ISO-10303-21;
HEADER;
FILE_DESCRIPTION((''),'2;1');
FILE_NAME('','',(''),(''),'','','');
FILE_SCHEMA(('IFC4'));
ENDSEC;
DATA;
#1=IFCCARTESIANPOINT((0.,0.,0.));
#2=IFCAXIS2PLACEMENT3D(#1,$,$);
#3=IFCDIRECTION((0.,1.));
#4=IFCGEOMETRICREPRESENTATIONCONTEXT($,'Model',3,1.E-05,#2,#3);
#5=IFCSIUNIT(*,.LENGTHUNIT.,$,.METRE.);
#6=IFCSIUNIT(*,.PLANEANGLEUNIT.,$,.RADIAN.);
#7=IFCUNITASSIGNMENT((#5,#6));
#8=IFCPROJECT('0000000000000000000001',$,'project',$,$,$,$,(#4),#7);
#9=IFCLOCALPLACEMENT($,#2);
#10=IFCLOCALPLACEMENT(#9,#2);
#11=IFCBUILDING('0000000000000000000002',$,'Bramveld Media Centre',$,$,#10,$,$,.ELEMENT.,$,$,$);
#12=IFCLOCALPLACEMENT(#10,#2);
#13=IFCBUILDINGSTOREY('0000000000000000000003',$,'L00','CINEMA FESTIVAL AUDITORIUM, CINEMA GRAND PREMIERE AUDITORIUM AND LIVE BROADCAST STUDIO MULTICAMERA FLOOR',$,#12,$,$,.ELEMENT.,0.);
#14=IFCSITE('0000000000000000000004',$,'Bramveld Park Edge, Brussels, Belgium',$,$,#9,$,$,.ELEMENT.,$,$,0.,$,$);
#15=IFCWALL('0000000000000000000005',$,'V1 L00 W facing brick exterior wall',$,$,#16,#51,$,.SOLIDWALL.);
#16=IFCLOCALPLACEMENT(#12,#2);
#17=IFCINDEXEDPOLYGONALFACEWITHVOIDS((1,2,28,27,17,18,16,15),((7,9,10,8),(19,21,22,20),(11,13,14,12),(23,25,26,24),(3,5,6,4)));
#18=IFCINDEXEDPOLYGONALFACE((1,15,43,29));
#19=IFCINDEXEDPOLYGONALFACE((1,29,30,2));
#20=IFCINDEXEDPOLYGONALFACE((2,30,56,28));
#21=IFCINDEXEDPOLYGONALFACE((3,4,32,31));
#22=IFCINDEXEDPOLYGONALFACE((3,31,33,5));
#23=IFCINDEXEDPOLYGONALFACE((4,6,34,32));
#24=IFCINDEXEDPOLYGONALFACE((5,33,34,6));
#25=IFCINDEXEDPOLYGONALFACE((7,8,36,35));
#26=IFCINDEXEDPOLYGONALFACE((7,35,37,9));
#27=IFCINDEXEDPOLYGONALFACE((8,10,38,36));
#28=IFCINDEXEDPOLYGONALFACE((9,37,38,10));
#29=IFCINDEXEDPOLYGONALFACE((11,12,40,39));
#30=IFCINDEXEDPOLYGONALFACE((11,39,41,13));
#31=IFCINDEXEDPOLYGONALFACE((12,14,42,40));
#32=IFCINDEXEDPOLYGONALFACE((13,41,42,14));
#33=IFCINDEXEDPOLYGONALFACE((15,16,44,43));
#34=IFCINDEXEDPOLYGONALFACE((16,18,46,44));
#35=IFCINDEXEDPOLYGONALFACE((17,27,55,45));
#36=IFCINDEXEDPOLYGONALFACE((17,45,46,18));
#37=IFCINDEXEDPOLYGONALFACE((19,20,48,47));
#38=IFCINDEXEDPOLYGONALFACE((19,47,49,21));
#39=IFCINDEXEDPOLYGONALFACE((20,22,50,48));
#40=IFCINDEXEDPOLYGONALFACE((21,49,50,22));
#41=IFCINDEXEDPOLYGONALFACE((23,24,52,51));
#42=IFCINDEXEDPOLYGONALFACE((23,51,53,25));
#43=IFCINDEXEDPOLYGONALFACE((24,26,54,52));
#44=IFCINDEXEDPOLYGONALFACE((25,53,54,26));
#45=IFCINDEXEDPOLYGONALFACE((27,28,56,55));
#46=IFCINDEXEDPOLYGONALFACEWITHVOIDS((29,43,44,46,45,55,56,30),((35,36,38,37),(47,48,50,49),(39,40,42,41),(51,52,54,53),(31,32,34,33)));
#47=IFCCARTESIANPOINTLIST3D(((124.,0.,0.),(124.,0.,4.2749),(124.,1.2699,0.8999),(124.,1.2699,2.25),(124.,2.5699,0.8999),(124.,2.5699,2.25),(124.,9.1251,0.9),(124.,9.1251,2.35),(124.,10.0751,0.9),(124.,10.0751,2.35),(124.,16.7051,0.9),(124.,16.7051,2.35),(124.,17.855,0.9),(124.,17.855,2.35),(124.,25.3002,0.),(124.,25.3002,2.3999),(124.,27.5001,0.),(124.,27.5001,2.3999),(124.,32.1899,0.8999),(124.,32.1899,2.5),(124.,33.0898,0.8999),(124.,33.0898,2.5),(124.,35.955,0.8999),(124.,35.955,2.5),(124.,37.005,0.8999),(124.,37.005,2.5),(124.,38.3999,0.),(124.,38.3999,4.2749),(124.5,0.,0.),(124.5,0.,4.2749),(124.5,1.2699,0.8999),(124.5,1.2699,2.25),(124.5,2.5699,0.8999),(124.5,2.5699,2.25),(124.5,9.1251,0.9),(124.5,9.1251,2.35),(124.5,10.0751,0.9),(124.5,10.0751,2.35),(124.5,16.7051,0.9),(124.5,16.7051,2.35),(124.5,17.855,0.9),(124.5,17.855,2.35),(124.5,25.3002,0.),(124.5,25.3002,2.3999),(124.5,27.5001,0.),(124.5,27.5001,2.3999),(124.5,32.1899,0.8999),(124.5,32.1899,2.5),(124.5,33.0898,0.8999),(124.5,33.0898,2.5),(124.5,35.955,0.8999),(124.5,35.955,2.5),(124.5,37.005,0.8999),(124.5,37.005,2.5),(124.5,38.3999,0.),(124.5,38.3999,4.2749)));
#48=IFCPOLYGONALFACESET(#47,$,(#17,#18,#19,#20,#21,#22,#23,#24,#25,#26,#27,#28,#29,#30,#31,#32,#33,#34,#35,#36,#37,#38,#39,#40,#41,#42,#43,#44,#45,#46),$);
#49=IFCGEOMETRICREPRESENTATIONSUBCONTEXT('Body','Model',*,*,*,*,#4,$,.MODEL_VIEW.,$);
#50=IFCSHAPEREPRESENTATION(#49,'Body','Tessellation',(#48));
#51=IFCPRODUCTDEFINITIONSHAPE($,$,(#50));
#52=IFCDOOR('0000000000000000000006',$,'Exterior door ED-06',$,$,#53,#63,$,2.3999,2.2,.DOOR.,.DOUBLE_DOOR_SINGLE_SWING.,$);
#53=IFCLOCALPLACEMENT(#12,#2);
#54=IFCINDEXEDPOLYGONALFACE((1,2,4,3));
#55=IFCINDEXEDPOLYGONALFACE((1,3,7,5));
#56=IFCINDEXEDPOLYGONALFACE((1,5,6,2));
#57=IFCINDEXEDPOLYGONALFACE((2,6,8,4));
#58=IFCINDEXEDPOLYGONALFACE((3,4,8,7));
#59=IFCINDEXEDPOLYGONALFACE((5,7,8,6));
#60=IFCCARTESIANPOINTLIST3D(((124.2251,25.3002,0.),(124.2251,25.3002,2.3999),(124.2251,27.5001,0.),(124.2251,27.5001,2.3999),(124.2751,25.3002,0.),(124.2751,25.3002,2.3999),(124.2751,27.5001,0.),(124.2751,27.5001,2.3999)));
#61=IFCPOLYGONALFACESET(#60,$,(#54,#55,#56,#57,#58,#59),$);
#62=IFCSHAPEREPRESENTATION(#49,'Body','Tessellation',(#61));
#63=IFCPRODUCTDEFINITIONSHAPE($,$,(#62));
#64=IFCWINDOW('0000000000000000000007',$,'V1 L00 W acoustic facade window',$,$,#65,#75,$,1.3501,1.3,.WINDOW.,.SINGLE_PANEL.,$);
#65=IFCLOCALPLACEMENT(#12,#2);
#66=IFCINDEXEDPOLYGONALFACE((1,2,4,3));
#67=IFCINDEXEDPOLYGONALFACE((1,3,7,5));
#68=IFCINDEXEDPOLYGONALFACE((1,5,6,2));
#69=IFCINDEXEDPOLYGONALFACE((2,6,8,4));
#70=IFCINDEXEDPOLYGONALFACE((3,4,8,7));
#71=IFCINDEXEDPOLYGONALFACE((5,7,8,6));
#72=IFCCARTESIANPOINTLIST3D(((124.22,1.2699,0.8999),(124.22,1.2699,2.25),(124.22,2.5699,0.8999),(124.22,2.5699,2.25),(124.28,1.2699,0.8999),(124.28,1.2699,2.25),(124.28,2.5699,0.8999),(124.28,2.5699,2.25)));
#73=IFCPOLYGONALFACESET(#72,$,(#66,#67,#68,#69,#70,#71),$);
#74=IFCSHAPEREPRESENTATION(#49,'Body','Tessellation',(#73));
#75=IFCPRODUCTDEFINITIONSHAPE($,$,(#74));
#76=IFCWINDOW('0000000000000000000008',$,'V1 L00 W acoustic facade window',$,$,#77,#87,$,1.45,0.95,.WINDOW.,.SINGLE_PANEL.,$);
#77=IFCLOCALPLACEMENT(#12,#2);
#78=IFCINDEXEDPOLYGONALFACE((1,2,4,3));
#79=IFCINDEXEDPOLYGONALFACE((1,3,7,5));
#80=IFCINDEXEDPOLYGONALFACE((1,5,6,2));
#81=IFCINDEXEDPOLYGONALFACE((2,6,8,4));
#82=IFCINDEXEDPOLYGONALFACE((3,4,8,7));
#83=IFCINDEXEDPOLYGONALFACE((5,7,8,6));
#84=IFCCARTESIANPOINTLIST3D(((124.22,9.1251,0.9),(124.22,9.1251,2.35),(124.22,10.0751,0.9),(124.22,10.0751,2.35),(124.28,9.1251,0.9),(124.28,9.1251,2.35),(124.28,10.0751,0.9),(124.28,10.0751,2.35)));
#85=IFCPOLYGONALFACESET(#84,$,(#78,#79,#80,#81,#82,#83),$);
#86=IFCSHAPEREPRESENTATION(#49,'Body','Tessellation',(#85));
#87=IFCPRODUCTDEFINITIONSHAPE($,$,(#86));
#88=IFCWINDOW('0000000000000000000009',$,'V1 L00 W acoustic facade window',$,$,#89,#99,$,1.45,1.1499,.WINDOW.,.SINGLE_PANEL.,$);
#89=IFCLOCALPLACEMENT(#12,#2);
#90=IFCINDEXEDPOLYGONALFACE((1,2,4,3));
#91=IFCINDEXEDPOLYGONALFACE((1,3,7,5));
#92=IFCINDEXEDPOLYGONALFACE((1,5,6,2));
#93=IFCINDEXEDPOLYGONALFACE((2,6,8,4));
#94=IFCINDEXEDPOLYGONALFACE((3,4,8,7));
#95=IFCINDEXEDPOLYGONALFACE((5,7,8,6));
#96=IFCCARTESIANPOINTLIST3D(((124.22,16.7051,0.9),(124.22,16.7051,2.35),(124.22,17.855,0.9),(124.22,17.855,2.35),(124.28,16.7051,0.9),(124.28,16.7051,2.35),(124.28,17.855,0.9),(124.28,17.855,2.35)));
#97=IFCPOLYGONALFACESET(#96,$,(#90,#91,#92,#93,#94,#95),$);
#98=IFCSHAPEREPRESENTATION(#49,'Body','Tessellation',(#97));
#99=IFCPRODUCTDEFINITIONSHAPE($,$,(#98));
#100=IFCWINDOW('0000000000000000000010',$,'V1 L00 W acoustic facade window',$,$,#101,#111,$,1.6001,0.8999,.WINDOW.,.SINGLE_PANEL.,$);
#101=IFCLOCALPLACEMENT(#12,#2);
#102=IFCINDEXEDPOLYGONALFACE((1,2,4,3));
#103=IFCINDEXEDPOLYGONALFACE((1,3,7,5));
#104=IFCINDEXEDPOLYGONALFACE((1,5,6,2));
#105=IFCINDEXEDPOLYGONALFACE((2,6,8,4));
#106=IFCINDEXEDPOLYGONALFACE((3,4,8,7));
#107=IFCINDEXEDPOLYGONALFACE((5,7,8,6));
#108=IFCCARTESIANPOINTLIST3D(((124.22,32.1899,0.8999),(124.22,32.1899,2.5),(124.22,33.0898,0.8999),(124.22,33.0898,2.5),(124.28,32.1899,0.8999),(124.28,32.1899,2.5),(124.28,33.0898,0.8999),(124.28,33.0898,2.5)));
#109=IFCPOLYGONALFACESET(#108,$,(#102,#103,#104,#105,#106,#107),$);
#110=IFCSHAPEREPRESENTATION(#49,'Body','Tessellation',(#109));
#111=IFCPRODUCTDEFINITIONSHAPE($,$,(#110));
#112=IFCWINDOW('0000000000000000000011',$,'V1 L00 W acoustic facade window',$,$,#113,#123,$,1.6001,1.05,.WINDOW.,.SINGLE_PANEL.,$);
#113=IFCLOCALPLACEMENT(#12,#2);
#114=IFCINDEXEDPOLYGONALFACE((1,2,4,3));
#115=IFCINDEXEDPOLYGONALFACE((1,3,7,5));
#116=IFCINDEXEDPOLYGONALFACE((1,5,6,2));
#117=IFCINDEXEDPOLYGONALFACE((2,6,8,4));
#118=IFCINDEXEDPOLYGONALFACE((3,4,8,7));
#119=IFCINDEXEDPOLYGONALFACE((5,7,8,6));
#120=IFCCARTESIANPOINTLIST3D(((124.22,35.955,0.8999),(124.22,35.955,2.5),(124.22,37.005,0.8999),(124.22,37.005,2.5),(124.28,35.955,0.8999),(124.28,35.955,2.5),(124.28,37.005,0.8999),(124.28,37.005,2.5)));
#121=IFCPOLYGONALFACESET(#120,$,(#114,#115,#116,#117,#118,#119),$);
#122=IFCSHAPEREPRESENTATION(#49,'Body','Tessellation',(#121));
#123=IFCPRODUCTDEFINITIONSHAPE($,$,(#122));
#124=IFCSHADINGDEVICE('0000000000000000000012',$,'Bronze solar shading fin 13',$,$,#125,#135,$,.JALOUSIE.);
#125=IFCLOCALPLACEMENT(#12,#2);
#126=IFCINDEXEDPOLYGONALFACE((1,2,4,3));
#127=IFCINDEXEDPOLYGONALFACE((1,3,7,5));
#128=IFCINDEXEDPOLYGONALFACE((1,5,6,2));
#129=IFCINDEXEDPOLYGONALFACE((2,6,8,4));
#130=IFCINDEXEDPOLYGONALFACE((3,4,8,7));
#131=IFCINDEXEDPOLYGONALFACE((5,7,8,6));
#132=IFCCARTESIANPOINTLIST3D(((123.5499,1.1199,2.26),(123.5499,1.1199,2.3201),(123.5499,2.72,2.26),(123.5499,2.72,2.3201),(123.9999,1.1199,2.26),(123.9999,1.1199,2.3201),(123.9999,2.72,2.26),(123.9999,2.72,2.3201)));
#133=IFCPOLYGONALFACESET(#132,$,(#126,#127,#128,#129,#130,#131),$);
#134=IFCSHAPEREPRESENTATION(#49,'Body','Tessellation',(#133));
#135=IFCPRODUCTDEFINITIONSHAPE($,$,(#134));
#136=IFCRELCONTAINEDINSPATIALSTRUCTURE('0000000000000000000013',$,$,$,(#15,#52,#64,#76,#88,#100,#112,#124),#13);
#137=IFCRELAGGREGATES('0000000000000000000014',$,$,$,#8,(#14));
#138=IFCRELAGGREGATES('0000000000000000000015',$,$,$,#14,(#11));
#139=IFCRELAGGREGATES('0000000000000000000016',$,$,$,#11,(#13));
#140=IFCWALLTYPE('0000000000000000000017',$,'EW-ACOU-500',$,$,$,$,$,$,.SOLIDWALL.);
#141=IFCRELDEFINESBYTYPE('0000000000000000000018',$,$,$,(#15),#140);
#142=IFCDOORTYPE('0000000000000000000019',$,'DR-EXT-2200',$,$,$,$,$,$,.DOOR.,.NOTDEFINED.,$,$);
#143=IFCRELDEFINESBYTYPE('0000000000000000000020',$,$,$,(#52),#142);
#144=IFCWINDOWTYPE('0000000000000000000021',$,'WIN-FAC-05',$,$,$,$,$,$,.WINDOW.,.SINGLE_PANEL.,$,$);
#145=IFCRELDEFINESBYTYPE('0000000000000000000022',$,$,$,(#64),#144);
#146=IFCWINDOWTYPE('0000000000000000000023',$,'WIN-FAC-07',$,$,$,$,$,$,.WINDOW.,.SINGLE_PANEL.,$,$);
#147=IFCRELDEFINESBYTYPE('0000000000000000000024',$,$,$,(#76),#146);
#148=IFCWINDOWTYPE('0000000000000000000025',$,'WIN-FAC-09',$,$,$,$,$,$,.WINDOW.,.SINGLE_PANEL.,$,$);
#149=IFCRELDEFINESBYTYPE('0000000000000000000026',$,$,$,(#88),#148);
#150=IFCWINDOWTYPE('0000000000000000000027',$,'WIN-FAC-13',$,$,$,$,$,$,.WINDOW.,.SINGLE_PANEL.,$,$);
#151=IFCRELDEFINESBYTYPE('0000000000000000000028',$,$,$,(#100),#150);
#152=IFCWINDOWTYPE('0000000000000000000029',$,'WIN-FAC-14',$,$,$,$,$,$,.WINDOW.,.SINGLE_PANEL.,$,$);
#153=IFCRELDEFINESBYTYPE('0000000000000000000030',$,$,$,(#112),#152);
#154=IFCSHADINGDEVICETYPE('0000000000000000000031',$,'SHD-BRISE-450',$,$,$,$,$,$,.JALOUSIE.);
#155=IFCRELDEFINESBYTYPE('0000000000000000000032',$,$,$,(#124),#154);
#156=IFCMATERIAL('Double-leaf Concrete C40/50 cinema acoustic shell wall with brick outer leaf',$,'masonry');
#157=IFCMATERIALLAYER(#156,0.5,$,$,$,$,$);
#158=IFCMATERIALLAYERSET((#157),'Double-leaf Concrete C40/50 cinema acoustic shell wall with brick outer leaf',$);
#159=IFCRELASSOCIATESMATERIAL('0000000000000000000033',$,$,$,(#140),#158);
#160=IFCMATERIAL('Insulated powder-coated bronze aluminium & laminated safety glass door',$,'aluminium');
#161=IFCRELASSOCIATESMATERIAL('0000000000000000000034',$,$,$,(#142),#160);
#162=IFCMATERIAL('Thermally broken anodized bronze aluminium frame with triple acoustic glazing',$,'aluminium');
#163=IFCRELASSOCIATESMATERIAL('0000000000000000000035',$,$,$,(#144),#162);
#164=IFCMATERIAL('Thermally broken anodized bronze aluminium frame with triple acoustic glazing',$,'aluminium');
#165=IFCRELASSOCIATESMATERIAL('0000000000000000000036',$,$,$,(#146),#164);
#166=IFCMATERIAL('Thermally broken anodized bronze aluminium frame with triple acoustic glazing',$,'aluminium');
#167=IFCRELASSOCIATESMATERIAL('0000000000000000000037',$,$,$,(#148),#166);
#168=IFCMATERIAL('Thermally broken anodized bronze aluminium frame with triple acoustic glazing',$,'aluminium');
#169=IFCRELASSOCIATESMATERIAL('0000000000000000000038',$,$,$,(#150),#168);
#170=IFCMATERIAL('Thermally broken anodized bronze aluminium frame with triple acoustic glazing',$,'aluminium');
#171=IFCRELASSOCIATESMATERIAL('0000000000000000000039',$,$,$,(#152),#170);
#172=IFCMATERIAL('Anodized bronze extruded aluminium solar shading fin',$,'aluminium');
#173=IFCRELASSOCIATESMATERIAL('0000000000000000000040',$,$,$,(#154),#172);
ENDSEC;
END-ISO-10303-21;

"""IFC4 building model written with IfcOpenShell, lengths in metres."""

from ifc_helpers import new_model, si_unit, direction, frame, frame_2d, origin, origin_2d, place, context, subcontext, project, spatial, rectangle, extrude, material, layer, layer_set, type_object, element, fill, save


model = new_model("IFC4")

# Units and contexts
model_context = context("Model", 3, precision=1e-05, world=origin(), true_north=direction((0.0, 1.0)))
body_context = subcontext(model_context, "Body", "Model", "MODEL_VIEW")
ifc_project = project(units=[si_unit("LENGTHUNIT", "METRE"), si_unit("PLANEANGLEUNIT", "RADIAN")], contexts=[model_context])

# Site, building, storey
site_placement = place(None, origin())
site = spatial("IfcSite", under=ifc_project, at=site_placement, Name="Bramveld Park Edge, Brussels, Belgium", CompositionType="ELEMENT", RefElevation=0.0)
building_placement = place(site_placement, origin())
building = spatial("IfcBuilding", under=site, at=building_placement, Name="Bramveld Media Centre", CompositionType="ELEMENT")
storey_placement = place(building_placement, origin())
storey = spatial("IfcBuildingStorey", under=building, at=storey_placement, Name="L00", Description="CINEMA FESTIVAL AUDITORIUM, CINEMA GRAND PREMIERE AUDITORIUM AND LIVE BROADCAST STUDIO MULTICAMERA FLOOR", CompositionType="ELEMENT", Elevation=0.0)

# Wall, openings, door, windows
ifc_material_1 = material(Name="Double-leaf Concrete C40/50 cinema acoustic shell wall with brick outer leaf", Category="masonry")
ifc_layer_1 = layer(ifc_material_1, 0.5)
ifc_layer_set_1 = layer_set([ifc_layer_1], Name="Double-leaf Concrete C40/50 cinema acoustic shell wall with brick outer leaf")
wall_type = type_object("IfcWallType", Name="EW-ACOU-500", PredefinedType="SOLIDWALL", material=ifc_layer_set_1)
wall_placement = place(storey_placement, frame((124.25, 0.0, 0.0), z_axis=(0.0, 0.0, 1.0), x_axis=(0.0, 1.0, 0.0)))
wall = element("IfcWall", 1, at=wall_placement, inside=storey, type_object=wall_type, Name="V1 L00 W facing brick exterior wall", PredefinedType="SOLIDWALL", context=body_context, shape_type="SweptSolid", body=[
    extrude(rectangle(XDim=38.3999, YDim=0.5, at=frame_2d((19.2, 0.0))), origin(), (0.0, 0.0, 1.0), 4.2749),
])
opening_1_placement = place(wall_placement, frame((25.3, 0.0, 0.0)))
opening_1 = element("IfcOpeningElement", 2, at=opening_1_placement, cuts=wall, PredefinedType="OPENING", context=body_context, shape_type="SweptSolid", body=[
    extrude(rectangle(XDim=2.2, YDim=2.3999, at=frame_2d((1.1001, 1.2))), frame((0.0, 0.262, 0.0), z_axis=(0.0, -1.0, 0.0), x_axis=(1.0, 0.0, 0.0)), (0.0, 0.0, 1.0), 0.5239),
])
opening_2_placement = place(wall_placement, frame((1.27, 0.0, 0.8999)))
opening_2 = element("IfcOpeningElement", 3, at=opening_2_placement, cuts=wall, PredefinedType="OPENING", context=body_context, shape_type="SweptSolid", body=[
    extrude(rectangle(XDim=1.3, YDim=1.3501, at=frame_2d((0.6499, 0.675))), frame((0.0, 0.262, 0.0), z_axis=(0.0, -1.0, 0.0), x_axis=(1.0, 0.0, 0.0)), (0.0, 0.0, 1.0), 0.5239),
])
opening_3_placement = place(wall_placement, frame((9.125, 0.0, 0.8999)))
opening_3 = element("IfcOpeningElement", 4, at=opening_3_placement, cuts=wall, PredefinedType="OPENING", context=body_context, shape_type="SweptSolid", body=[
    extrude(rectangle(XDim=0.95, YDim=1.45, at=frame_2d((0.4751, 0.7251))), frame((0.0, 0.262, 0.0), z_axis=(0.0, -1.0, 0.0), x_axis=(1.0, 0.0, 0.0)), (0.0, 0.0, 1.0), 0.5239),
])
opening_4_placement = place(wall_placement, frame((16.7051, 0.0, 0.8999)))
opening_4 = element("IfcOpeningElement", 5, at=opening_4_placement, cuts=wall, PredefinedType="OPENING", context=body_context, shape_type="SweptSolid", body=[
    extrude(rectangle(XDim=1.1499, YDim=1.45, at=frame_2d((0.575, 0.7251))), frame((0.0, 0.262, 0.0), z_axis=(0.0, -1.0, 0.0), x_axis=(1.0, 0.0, 0.0)), (0.0, 0.0, 1.0), 0.5239),
])
opening_5_placement = place(wall_placement, frame((32.1899, 0.0, 0.8999)))
opening_5 = element("IfcOpeningElement", 6, at=opening_5_placement, cuts=wall, PredefinedType="OPENING", context=body_context, shape_type="SweptSolid", body=[
    extrude(rectangle(XDim=0.8999, YDim=1.6001, at=frame_2d((0.45, 0.8))), frame((0.0, 0.262, 0.0), z_axis=(0.0, -1.0, 0.0), x_axis=(1.0, 0.0, 0.0)), (0.0, 0.0, 1.0), 0.5239),
])
opening_6_placement = place(wall_placement, frame((35.9551, 0.0, 0.8999)))
opening_6 = element("IfcOpeningElement", 7, at=opening_6_placement, cuts=wall, PredefinedType="OPENING", context=body_context, shape_type="SweptSolid", body=[
    extrude(rectangle(XDim=1.05, YDim=1.6001, at=frame_2d((0.5249, 0.8))), frame((0.0, 0.262, 0.0), z_axis=(0.0, -1.0, 0.0), x_axis=(1.0, 0.0, 0.0)), (0.0, 0.0, 1.0), 0.5239),
])
ifc_material_2 = material(Name="Insulated powder-coated bronze aluminium & laminated safety glass door", Category="aluminium")
door_type = type_object("IfcDoorType", Name="DR-EXT-2200", OperationType="NOTDEFINED", PredefinedType="DOOR", material=ifc_material_2)
door_placement = place(opening_1_placement, origin())
door = element("IfcDoor", 8, at=door_placement, inside=storey, type_object=door_type, Name="Exterior door ED-06", OperationType="DOUBLE_DOOR_SINGLE_SWING", OverallHeight=2.3999, OverallWidth=2.2, PredefinedType="DOOR", context=body_context, shape_type="SweptSolid", body=[
    extrude(rectangle(XDim=2.2, YDim=2.3999, at=frame_2d((1.1001, 1.2))), frame((0.0, 0.0249, 0.0), z_axis=(0.0, -1.0, 0.0), x_axis=(1.0, 0.0, 0.0)), (0.0, 0.0, 1.0), 0.05),
])
fill(opening_1, door)
ifc_material_3 = material(Name="Thermally broken anodized bronze aluminium frame with triple acoustic glazing", Category="aluminium")
window_type_1 = type_object("IfcWindowType", Name="WIN-FAC-05", PartitioningType="SINGLE_PANEL", PredefinedType="WINDOW", material=ifc_material_3)
window_1_placement = place(opening_2_placement, origin())
window_1 = element("IfcWindow", 9, at=window_1_placement, inside=storey, type_object=window_type_1, Name="V1 L00 W acoustic facade window", OverallHeight=1.3501, OverallWidth=1.3, PartitioningType="SINGLE_PANEL", PredefinedType="WINDOW", context=body_context, shape_type="SweptSolid", body=[
    extrude(rectangle(XDim=1.3, YDim=1.3501, at=frame_2d((0.6499, 0.675))), frame((0.0, 0.03, 0.0), z_axis=(0.0, -1.0, 0.0), x_axis=(1.0, 0.0, 0.0)), (0.0, 0.0, 1.0), 0.0601),
])
fill(opening_2, window_1)
ifc_material_4 = material(Name="Thermally broken anodized bronze aluminium frame with triple acoustic glazing", Category="aluminium")
window_type_2 = type_object("IfcWindowType", Name="WIN-FAC-07", PartitioningType="SINGLE_PANEL", PredefinedType="WINDOW", material=ifc_material_4)
window_2_placement = place(opening_3_placement, origin())
window_2 = element("IfcWindow", 10, at=window_2_placement, inside=storey, type_object=window_type_2, Name="V1 L00 W acoustic facade window", OverallHeight=1.45, OverallWidth=0.95, PartitioningType="SINGLE_PANEL", PredefinedType="WINDOW", context=body_context, shape_type="SweptSolid", body=[
    extrude(rectangle(XDim=0.95, YDim=1.45, at=frame_2d((0.4751, 0.7251))), frame((0.0, 0.03, 0.0), z_axis=(0.0, -1.0, 0.0), x_axis=(1.0, 0.0, 0.0)), (0.0, 0.0, 1.0), 0.0601),
])
fill(opening_3, window_2)
ifc_material_5 = material(Name="Thermally broken anodized bronze aluminium frame with triple acoustic glazing", Category="aluminium")
window_type_3 = type_object("IfcWindowType", Name="WIN-FAC-09", PartitioningType="SINGLE_PANEL", PredefinedType="WINDOW", material=ifc_material_5)
window_3_placement = place(opening_4_placement, origin())
window_3 = element("IfcWindow", 11, at=window_3_placement, inside=storey, type_object=window_type_3, Name="V1 L00 W acoustic facade window", OverallHeight=1.45, OverallWidth=1.1499, PartitioningType="SINGLE_PANEL", PredefinedType="WINDOW", context=body_context, shape_type="SweptSolid", body=[
    extrude(rectangle(XDim=1.1499, YDim=1.45, at=frame_2d((0.575, 0.7251))), frame((0.0, 0.03, 0.0), z_axis=(0.0, -1.0, 0.0), x_axis=(1.0, 0.0, 0.0)), (0.0, 0.0, 1.0), 0.0601),
])
fill(opening_4, window_3)
ifc_material_6 = material(Name="Thermally broken anodized bronze aluminium frame with triple acoustic glazing", Category="aluminium")
window_type_4 = type_object("IfcWindowType", Name="WIN-FAC-13", PartitioningType="SINGLE_PANEL", PredefinedType="WINDOW", material=ifc_material_6)
window_4_placement = place(opening_5_placement, origin())
window_4 = element("IfcWindow", 12, at=window_4_placement, inside=storey, type_object=window_type_4, Name="V1 L00 W acoustic facade window", OverallHeight=1.6001, OverallWidth=0.8999, PartitioningType="SINGLE_PANEL", PredefinedType="WINDOW", context=body_context, shape_type="SweptSolid", body=[
    extrude(rectangle(XDim=0.8999, YDim=1.6001, at=frame_2d((0.45, 0.8))), frame((0.0, 0.03, 0.0), z_axis=(0.0, -1.0, 0.0), x_axis=(1.0, 0.0, 0.0)), (0.0, 0.0, 1.0), 0.0601),
])
fill(opening_5, window_4)
ifc_material_7 = material(Name="Thermally broken anodized bronze aluminium frame with triple acoustic glazing", Category="aluminium")
window_type_5 = type_object("IfcWindowType", Name="WIN-FAC-14", PartitioningType="SINGLE_PANEL", PredefinedType="WINDOW", material=ifc_material_7)
window_5_placement = place(opening_6_placement, origin())
window_5 = element("IfcWindow", 13, at=window_5_placement, inside=storey, type_object=window_type_5, Name="V1 L00 W acoustic facade window", OverallHeight=1.6001, OverallWidth=1.05, PartitioningType="SINGLE_PANEL", PredefinedType="WINDOW", context=body_context, shape_type="SweptSolid", body=[
    extrude(rectangle(XDim=1.05, YDim=1.6001, at=frame_2d((0.5249, 0.8))), frame((0.0, 0.03, 0.0), z_axis=(0.0, -1.0, 0.0), x_axis=(1.0, 0.0, 0.0)), (0.0, 0.0, 1.0), 0.0601),
])
fill(opening_6, window_5)

# Shading device
ifc_material_8 = material(Name="Anodized bronze extruded aluminium solar shading fin", Category="aluminium")
shading_device_type = type_object("IfcShadingDeviceType", Name="SHD-BRISE-450", PredefinedType="JALOUSIE", material=ifc_material_8)
shading_device_placement = place(storey_placement, frame((123.7749, 1.9199, 2.26), z_axis=(0.0, 0.0, 1.0), x_axis=(1.0, 0.0, 0.0)))
element("IfcShadingDevice", 14, at=shading_device_placement, inside=storey, type_object=shading_device_type, Name="Bronze solar shading fin 13", PredefinedType="JALOUSIE", context=body_context, shape_type="SweptSolid", body=[
    extrude(rectangle(XDim=0.45, YDim=1.6001, at=origin_2d()), origin(), (0.0, 0.0, 1.0), 0.0601),
])

save(model, "model.ifc")
